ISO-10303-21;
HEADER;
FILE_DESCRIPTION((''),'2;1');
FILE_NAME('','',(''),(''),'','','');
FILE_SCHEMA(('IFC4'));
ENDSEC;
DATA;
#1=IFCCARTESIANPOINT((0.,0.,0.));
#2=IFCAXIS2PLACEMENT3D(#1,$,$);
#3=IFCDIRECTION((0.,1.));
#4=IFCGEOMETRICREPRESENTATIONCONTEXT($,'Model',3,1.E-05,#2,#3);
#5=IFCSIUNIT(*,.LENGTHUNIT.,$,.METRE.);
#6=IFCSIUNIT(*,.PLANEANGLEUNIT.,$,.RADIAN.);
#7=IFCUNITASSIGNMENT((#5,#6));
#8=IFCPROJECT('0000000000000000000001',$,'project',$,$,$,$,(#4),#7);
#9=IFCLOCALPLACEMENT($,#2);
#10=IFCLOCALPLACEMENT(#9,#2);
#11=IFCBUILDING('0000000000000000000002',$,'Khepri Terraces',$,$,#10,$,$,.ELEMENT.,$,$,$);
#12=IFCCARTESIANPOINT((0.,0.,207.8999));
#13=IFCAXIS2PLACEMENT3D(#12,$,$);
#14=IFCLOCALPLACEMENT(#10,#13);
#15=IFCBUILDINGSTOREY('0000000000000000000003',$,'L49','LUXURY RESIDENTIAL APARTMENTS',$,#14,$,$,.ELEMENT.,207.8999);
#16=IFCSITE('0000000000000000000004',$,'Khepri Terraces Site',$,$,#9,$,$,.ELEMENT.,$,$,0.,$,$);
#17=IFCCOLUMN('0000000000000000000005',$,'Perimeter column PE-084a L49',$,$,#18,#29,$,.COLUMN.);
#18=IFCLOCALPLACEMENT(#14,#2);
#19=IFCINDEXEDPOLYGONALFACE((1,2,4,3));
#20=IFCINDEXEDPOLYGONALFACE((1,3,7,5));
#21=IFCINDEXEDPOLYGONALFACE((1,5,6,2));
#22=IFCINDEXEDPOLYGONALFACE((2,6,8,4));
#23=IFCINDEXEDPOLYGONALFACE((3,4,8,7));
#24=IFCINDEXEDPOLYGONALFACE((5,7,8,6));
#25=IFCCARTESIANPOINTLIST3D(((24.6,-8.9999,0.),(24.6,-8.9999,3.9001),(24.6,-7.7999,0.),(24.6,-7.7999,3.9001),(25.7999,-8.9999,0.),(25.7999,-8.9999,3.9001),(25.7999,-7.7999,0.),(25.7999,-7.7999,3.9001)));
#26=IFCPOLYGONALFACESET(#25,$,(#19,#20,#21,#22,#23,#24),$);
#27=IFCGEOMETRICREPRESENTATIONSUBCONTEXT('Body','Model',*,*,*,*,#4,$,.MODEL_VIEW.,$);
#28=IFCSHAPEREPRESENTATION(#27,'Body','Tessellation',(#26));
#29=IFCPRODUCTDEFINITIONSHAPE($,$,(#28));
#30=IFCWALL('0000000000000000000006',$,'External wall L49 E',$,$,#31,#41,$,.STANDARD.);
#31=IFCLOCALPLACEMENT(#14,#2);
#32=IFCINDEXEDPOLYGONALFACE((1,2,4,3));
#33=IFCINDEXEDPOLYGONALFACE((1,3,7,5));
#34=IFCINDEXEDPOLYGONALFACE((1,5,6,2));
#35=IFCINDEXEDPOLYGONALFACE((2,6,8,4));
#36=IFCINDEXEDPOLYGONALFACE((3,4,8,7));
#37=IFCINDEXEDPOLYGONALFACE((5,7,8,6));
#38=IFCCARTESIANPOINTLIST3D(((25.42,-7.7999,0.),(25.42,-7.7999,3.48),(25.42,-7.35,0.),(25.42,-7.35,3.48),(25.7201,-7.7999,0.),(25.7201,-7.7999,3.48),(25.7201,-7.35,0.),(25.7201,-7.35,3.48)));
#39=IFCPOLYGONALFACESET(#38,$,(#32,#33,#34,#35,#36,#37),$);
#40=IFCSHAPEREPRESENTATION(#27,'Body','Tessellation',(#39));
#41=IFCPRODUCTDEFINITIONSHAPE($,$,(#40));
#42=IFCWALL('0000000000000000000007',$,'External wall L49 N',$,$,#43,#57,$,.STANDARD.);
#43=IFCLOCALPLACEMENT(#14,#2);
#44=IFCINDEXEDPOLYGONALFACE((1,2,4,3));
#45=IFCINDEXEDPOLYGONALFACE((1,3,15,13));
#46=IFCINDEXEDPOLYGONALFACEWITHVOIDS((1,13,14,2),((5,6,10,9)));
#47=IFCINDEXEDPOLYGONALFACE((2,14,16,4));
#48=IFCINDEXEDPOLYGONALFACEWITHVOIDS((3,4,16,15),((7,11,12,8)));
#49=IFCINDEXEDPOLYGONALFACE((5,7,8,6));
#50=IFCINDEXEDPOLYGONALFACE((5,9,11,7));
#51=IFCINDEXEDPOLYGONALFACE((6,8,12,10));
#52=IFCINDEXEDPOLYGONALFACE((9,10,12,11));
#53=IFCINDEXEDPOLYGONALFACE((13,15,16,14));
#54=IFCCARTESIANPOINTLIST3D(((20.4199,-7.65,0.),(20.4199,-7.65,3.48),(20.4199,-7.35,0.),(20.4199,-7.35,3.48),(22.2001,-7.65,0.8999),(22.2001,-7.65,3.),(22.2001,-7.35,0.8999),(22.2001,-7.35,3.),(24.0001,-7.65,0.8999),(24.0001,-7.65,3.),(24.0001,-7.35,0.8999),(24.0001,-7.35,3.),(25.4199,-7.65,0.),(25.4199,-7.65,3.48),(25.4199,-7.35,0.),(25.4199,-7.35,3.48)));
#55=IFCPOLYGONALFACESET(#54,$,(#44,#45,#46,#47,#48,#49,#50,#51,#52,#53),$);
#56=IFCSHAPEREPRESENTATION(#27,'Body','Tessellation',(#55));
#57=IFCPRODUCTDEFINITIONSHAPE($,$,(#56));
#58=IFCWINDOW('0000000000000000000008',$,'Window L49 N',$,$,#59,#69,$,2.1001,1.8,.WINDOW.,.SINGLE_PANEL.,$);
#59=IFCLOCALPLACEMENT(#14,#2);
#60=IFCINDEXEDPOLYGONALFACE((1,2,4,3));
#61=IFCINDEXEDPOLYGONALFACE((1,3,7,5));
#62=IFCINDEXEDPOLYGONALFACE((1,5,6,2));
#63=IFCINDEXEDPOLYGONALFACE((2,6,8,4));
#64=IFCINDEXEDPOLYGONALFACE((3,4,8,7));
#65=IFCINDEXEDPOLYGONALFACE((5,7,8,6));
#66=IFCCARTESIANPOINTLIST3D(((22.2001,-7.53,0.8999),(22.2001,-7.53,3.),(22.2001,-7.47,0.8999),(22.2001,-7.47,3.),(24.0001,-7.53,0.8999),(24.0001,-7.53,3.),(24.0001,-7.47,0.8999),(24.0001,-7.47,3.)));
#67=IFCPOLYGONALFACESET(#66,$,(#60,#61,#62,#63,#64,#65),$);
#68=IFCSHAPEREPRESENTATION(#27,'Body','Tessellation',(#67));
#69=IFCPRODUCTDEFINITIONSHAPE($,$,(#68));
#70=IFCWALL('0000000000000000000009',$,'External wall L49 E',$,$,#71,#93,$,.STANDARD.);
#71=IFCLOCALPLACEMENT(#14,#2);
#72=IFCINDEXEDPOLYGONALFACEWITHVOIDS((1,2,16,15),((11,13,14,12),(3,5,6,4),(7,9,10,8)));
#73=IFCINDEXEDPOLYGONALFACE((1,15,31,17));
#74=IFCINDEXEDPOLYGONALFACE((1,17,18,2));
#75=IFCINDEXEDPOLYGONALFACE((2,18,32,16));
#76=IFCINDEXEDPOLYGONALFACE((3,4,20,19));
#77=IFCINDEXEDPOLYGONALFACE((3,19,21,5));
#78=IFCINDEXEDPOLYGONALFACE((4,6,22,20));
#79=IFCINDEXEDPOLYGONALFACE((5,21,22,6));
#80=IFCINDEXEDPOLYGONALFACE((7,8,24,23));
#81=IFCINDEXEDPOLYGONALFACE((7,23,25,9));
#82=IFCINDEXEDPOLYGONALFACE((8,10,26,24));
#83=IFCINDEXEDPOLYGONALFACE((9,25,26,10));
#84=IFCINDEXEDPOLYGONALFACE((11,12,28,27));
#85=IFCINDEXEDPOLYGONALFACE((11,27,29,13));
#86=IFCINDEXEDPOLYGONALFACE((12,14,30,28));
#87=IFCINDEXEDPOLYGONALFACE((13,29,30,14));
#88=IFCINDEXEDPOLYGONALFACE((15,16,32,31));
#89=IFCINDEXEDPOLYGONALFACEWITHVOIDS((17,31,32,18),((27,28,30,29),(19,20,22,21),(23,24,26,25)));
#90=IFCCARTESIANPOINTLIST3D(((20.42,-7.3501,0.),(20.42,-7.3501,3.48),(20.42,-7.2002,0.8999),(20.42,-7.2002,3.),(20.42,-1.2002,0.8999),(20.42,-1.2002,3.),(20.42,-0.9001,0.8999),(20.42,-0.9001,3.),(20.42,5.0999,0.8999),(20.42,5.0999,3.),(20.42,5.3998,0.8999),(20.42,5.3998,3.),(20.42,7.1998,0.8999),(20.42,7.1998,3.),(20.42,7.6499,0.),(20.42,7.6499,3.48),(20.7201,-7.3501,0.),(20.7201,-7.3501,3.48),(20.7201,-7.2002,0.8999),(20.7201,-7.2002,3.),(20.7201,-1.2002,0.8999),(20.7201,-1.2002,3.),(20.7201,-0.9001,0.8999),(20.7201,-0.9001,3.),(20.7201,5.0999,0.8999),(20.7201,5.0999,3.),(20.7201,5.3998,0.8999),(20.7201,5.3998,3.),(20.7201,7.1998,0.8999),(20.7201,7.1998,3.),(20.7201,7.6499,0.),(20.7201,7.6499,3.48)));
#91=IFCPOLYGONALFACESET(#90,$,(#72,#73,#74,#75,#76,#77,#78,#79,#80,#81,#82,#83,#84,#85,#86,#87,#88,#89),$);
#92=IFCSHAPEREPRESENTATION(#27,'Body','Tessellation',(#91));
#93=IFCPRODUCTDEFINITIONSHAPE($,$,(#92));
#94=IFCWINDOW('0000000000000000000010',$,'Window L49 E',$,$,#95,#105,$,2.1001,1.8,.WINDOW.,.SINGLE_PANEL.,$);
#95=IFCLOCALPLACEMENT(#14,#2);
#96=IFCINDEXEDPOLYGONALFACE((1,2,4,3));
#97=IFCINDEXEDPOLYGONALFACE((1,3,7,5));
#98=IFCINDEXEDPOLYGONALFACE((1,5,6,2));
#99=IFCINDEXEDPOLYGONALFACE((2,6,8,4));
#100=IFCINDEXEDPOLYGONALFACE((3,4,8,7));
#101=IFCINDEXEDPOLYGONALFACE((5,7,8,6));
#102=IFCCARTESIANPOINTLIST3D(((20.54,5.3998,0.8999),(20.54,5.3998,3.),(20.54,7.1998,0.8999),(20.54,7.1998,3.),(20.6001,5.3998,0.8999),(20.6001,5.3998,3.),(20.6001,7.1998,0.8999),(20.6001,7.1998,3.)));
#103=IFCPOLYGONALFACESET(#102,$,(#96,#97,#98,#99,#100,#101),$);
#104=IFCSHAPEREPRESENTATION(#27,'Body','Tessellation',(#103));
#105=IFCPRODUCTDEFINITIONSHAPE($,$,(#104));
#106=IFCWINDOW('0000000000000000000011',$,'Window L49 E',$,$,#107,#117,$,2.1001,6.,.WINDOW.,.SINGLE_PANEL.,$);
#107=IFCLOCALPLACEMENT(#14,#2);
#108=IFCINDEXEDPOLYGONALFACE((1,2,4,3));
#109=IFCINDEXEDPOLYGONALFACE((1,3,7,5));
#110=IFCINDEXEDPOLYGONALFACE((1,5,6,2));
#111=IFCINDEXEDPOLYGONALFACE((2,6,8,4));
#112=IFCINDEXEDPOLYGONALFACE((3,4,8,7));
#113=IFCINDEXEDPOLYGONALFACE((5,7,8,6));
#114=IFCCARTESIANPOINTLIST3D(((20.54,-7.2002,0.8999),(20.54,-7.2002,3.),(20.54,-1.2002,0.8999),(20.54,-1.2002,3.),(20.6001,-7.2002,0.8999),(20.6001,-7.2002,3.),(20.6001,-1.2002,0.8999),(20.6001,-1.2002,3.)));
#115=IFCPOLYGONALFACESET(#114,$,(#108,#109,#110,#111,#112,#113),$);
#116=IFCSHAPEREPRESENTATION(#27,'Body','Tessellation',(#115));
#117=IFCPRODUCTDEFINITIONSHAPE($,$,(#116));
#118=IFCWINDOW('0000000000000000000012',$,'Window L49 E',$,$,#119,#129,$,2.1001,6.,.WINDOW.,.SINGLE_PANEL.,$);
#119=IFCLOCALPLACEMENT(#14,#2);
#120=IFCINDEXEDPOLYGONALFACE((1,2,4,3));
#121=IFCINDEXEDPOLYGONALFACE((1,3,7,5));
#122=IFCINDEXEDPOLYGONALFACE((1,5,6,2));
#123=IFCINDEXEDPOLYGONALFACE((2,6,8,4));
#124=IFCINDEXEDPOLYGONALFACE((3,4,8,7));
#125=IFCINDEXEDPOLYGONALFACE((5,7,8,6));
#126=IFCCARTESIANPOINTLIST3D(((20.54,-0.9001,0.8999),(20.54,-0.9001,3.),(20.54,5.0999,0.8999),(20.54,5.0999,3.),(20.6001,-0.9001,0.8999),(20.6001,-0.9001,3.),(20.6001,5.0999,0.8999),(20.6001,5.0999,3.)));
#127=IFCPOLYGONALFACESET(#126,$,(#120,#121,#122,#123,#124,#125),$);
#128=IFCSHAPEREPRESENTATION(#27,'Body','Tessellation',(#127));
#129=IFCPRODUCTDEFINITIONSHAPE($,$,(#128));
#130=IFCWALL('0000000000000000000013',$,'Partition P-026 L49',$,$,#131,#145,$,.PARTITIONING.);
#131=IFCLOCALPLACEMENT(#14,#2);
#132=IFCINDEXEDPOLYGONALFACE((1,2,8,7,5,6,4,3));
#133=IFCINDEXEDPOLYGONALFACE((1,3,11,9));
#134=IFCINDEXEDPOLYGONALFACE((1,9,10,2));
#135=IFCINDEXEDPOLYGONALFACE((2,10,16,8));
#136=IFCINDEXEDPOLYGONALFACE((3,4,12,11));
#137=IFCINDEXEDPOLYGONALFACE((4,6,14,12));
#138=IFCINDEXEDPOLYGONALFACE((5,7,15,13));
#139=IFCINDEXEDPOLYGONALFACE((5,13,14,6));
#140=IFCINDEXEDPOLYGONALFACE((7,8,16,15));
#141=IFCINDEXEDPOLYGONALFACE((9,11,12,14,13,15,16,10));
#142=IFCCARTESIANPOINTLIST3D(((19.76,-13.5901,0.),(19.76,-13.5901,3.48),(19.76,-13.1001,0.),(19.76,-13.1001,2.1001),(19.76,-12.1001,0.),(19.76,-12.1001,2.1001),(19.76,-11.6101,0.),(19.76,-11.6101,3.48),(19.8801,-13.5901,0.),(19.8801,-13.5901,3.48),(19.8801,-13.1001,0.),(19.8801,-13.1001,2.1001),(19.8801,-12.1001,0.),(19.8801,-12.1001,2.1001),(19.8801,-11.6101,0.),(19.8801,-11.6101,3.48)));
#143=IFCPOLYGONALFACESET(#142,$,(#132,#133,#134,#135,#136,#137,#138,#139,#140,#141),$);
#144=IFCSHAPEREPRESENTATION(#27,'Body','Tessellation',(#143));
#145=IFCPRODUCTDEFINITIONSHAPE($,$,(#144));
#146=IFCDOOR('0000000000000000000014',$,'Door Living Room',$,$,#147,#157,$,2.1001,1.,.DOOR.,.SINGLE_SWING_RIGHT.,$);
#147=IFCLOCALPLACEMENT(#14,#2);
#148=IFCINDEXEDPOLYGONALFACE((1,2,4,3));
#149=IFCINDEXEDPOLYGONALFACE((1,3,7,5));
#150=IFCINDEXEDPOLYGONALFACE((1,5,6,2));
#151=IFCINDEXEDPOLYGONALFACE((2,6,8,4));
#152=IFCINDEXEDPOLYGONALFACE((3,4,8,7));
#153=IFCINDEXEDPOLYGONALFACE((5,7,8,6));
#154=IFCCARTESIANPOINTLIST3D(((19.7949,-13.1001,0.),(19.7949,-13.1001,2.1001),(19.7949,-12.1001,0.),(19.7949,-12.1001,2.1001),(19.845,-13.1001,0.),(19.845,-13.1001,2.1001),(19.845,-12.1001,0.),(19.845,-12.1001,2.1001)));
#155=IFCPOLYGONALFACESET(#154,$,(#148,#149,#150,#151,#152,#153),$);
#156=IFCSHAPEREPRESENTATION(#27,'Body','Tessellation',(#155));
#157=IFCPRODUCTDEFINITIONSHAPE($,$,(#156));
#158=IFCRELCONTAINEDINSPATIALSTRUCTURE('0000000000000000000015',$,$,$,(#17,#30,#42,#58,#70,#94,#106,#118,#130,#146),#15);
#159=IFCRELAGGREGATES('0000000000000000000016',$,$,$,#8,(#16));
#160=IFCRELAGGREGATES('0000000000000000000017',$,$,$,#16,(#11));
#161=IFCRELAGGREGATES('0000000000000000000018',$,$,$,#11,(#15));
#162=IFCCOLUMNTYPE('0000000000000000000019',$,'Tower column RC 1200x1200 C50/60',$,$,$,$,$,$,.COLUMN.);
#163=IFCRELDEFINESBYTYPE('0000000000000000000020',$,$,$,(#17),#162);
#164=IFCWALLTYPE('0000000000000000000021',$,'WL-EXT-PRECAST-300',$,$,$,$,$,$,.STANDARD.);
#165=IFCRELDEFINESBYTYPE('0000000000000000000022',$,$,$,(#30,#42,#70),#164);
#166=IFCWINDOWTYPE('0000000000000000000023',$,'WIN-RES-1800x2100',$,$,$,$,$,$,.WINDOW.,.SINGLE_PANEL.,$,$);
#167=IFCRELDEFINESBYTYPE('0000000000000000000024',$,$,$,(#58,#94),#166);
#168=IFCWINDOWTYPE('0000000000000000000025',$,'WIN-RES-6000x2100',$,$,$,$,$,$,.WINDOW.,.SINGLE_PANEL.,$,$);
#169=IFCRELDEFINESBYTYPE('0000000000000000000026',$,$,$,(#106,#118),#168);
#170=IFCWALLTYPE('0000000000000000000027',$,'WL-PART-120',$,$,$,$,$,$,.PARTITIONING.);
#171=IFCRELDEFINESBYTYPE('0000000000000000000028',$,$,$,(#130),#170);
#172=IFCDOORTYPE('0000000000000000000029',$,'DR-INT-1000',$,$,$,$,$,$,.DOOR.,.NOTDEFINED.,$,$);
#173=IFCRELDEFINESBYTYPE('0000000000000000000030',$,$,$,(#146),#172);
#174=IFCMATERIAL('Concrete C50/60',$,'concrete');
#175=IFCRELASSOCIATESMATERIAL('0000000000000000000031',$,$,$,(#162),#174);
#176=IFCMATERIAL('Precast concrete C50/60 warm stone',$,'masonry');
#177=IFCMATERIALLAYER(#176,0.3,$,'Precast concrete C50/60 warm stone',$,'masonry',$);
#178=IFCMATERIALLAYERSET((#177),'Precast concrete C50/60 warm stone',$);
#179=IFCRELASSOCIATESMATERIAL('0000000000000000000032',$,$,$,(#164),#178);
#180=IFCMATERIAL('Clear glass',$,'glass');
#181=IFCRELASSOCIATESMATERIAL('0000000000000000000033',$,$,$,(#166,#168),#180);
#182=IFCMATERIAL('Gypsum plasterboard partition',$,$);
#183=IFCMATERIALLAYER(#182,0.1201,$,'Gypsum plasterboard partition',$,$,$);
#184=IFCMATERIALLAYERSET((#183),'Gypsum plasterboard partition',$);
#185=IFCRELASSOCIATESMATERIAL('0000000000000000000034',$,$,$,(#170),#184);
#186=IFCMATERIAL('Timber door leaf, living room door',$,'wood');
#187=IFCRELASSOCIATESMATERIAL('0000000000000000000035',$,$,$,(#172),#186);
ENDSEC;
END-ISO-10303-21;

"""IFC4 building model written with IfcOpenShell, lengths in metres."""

from ifc_helpers import new_model, si_unit, direction, frame, frame_2d, origin, origin_2d, place, context, subcontext, project, spatial, rectangle, extrude, material, layer, layer_set, material_profile, profile_set, type_object, element, fill, save


model = new_model("IFC4")

# Units and contexts
model_context = context("Model", 3, precision=1e-05, world=origin(), true_north=direction((0.0, 1.0)))
body_context = subcontext(model_context, "Body", "Model", "MODEL_VIEW")
ifc_project = project(units=[si_unit("LENGTHUNIT", "METRE"), si_unit("PLANEANGLEUNIT", "RADIAN")], contexts=[model_context])

# Site, building, storey
site_placement = place(None, origin())
site = spatial("IfcSite", under=ifc_project, at=site_placement, Name="Khepri Terraces Site", CompositionType="ELEMENT", RefElevation=0.0)
building_placement = place(site_placement, origin())
building = spatial("IfcBuilding", under=site, at=building_placement, Name="Khepri Terraces", CompositionType="ELEMENT")
storey_placement = place(building_placement, frame((0.0, 0.0, 207.8999)))
storey = spatial("IfcBuildingStorey", under=building, at=storey_placement, Name="L49", Description="LUXURY RESIDENTIAL APARTMENTS", CompositionType="ELEMENT", Elevation=207.8999)

# Column
ifc_material_1 = material(Name="Concrete C50/60", Category="concrete")
ifc_material_profile = material_profile(ifc_material_1, rectangle(XDim=1.2, YDim=1.2, at=origin_2d()), Name="Concrete C50/60", Category="concrete")
ifc_profile_set = profile_set([ifc_material_profile], Name="Concrete C50/60")
column_type = type_object("IfcColumnType", Name="Tower column RC 1200x1200 C50/60", PredefinedType="COLUMN", material=ifc_profile_set)
column_placement = place(storey_placement, frame((25.2, -8.3999, 0.0), z_axis=(0.0, 0.0, 1.0), x_axis=(1.0, 0.0, 0.0)))
element("IfcColumn", 1, at=column_placement, inside=storey, type_object=column_type, Name="Perimeter column PE-084a L49", PredefinedType="COLUMN", context=body_context, shape_type="SweptSolid", body=[
    extrude(rectangle(XDim=1.2, YDim=1.2, at=origin_2d()), origin(), (0.0, 0.0, 1.0), 3.9001),
])

# Shared definitions
ifc_material_2 = material(Name="Precast concrete C50/60 warm stone", Category="masonry")
ifc_layer_1 = layer(ifc_material_2, 0.3, Name="Precast concrete C50/60 warm stone", Category="masonry")
ifc_layer_set_1 = layer_set([ifc_layer_1], Name="Precast concrete C50/60 warm stone")
wall_type_1 = type_object("IfcWallType", Name="WL-EXT-PRECAST-300", PredefinedType="STANDARD", material=ifc_layer_set_1)

# Wall
wall_1_placement = place(storey_placement, frame((25.5701, -7.8, 0.0), z_axis=(0.0, 0.0, 1.0), x_axis=(0.0, 1.0, 0.0)))
element("IfcWall", 2, at=wall_1_placement, inside=storey, type_object=wall_type_1, Name="External wall L49 E", PredefinedType="STANDARD", context=body_context, shape_type="SweptSolid", body=[
    extrude(rectangle(XDim=0.45, YDim=0.3, at=frame_2d((0.2251, 0.0))), origin(), (0.0, 0.0, 1.0), 3.48),
])

# Wall, opening, window
wall_2_placement = place(storey_placement, frame((25.4199, -7.5, 0.0), z_axis=(0.0, 0.0, 1.0), x_axis=(-1.0, 0.0, 0.0)))
wall_2 = element("IfcWall", 3, at=wall_2_placement, inside=storey, type_object=wall_type_1, Name="External wall L49 N", PredefinedType="STANDARD", context=body_context, shape_type="SweptSolid", body=[
    extrude(rectangle(XDim=5.0, YDim=0.3, at=frame_2d((2.5, 0.0))), origin(), (0.0, 0.0, 1.0), 3.48),
])
opening_1_placement = place(wall_2_placement, frame((1.4199, 0.0, 0.8999)))
opening_1 = element("IfcOpeningElement", 4, at=opening_1_placement, cuts=wall_2, PredefinedType="OPENING", context=body_context, shape_type="SweptSolid", body=[
    extrude(rectangle(XDim=1.8, YDim=2.1001, at=frame_2d((0.8999, 1.05))), frame((0.0, 0.1602, 0.0), z_axis=(0.0, -1.0, 0.0), x_axis=(1.0, 0.0, 0.0)), (0.0, 0.0, 1.0), 0.3201),
])
ifc_material_3 = material(Name="Clear glass", Category="glass")
window_type_1 = type_object("IfcWindowType", Name="WIN-RES-1800x2100", PartitioningType="SINGLE_PANEL", PredefinedType="WINDOW", material=ifc_material_3)
window_1_placement = place(opening_1_placement, origin())
window_1 = element("IfcWindow", 5, at=window_1_placement, inside=storey, type_object=window_type_1, Name="Window L49 N", OverallHeight=2.1001, OverallWidth=1.8, PartitioningType="SINGLE_PANEL", PredefinedType="WINDOW", context=body_context, shape_type="SweptSolid", body=[
    extrude(rectangle(XDim=1.8, YDim=2.1001, at=frame_2d((0.8999, 1.05))), frame((0.0, 0.03, 0.0), z_axis=(0.0, -1.0, 0.0), x_axis=(1.0, 0.0, 0.0)), (0.0, 0.0, 1.0), 0.0601),
])
fill(opening_1, window_1)

# Wall, openings, windows
wall_3_placement = place(storey_placement, frame((20.5701, -7.3501, 0.0), z_axis=(0.0, 0.0, 1.0), x_axis=(0.0, 1.0, 0.0)))
wall_3 = element("IfcWall", 6, at=wall_3_placement, inside=storey, type_object=wall_type_1, Name="External wall L49 E", PredefinedType="STANDARD", context=body_context, shape_type="SweptSolid", body=[
    extrude(rectangle(XDim=15.0, YDim=0.3, at=frame_2d((7.5, 0.0))), origin(), (0.0, 0.0, 1.0), 3.48),
])
opening_2_placement = place(wall_3_placement, frame((0.1499, 0.0, 0.8999)))
opening_2 = element("IfcOpeningElement", 7, at=opening_2_placement, cuts=wall_3, PredefinedType="OPENING", context=body_context, shape_type="SweptSolid", body=[
    extrude(rectangle(XDim=6.0, YDim=2.1001, at=frame_2d((3.0, 1.05))), frame((0.0, 0.1602, 0.0), z_axis=(0.0, -1.0, 0.0), x_axis=(1.0, 0.0, 0.0)), (0.0, 0.0, 1.0), 0.3201),
])
opening_3_placement = place(wall_3_placement, frame((6.45, 0.0, 0.8999)))
opening_3 = element("IfcOpeningElement", 8, at=opening_3_placement, cuts=wall_3, PredefinedType="OPENING", context=body_context, shape_type="SweptSolid", body=[
    extrude(rectangle(XDim=6.0, YDim=2.1001, at=frame_2d((3.0, 1.05))), frame((0.0, 0.1602, 0.0), z_axis=(0.0, -1.0, 0.0), x_axis=(1.0, 0.0, 0.0)), (0.0, 0.0, 1.0), 0.3201),
])
opening_4_placement = place(wall_3_placement, frame((12.75, 0.0, 0.8999)))
opening_4 = element("IfcOpeningElement", 9, at=opening_4_placement, cuts=wall_3, PredefinedType="OPENING", context=body_context, shape_type="SweptSolid", body=[
    extrude(rectangle(XDim=1.8, YDim=2.1001, at=frame_2d((0.8999, 1.05))), frame((0.0, 0.1602, 0.0), z_axis=(0.0, -1.0, 0.0), x_axis=(1.0, 0.0, 0.0)), (0.0, 0.0, 1.0), 0.3201),
])
window_2_placement = place(opening_4_placement, origin())
window_2 = element("IfcWindow", 10, at=window_2_placement, inside=storey, type_object=window_type_1, Name="Window L49 E", OverallHeight=2.1001, OverallWidth=1.8, PartitioningType="SINGLE_PANEL", PredefinedType="WINDOW", context=body_context, shape_type="SweptSolid", body=[
    extrude(rectangle(XDim=1.8, YDim=2.1001, at=frame_2d((0.8999, 1.05))), frame((0.0, 0.03, 0.0), z_axis=(0.0, -1.0, 0.0), x_axis=(1.0, 0.0, 0.0)), (0.0, 0.0, 1.0), 0.0601),
])
fill(opening_4, window_2)
window_type_2 = type_object("IfcWindowType", Name="WIN-RES-6000x2100", PartitioningType="SINGLE_PANEL", PredefinedType="WINDOW", material=ifc_material_3)
window_3_placement = place(opening_2_placement, origin())
window_3 = element("IfcWindow", 11, at=window_3_placement, inside=storey, type_object=window_type_2, Name="Window L49 E", OverallHeight=2.1001, OverallWidth=6.0, PartitioningType="SINGLE_PANEL", PredefinedType="WINDOW", context=body_context, shape_type="SweptSolid", body=[
    extrude(rectangle(XDim=6.0, YDim=2.1001, at=frame_2d((3.0, 1.05))), frame((0.0, 0.03, 0.0), z_axis=(0.0, -1.0, 0.0), x_axis=(1.0, 0.0, 0.0)), (0.0, 0.0, 1.0), 0.0601),
])
fill(opening_2, window_3)
window_4_placement = place(opening_3_placement, origin())
window_4 = element("IfcWindow", 12, at=window_4_placement, inside=storey, type_object=window_type_2, Name="Window L49 E", OverallHeight=2.1001, OverallWidth=6.0, PartitioningType="SINGLE_PANEL", PredefinedType="WINDOW", context=body_context, shape_type="SweptSolid", body=[
    extrude(rectangle(XDim=6.0, YDim=2.1001, at=frame_2d((3.0, 1.05))), frame((0.0, 0.03, 0.0), z_axis=(0.0, -1.0, 0.0), x_axis=(1.0, 0.0, 0.0)), (0.0, 0.0, 1.0), 0.0601),
])
fill(opening_3, window_4)

# Wall, opening, door
ifc_material_4 = material(Name="Gypsum plasterboard partition")
ifc_layer_2 = layer(ifc_material_4, 0.1201, Name="Gypsum plasterboard partition")
ifc_layer_set_2 = layer_set([ifc_layer_2], Name="Gypsum plasterboard partition")
wall_type_2 = type_object("IfcWallType", Name="WL-PART-120", PredefinedType="PARTITIONING", material=ifc_layer_set_2)
wall_4_placement = place(storey_placement, frame((19.8201, -13.5901, 0.0), z_axis=(0.0, 0.0, 1.0), x_axis=(0.0, 1.0, 0.0)))
wall_4 = element("IfcWall", 13, at=wall_4_placement, inside=storey, type_object=wall_type_2, Name="Partition P-026 L49", PredefinedType="PARTITIONING", context=body_context, shape_type="SweptSolid", body=[
    extrude(rectangle(XDim=1.98, YDim=0.1201, at=frame_2d((0.99, 0.0))), origin(), (0.0, 0.0, 1.0), 3.48),
])
opening_5_placement = place(wall_4_placement, frame((0.49, 0.0, 0.0)))
opening_5 = element("IfcOpeningElement", 14, at=opening_5_placement, cuts=wall_4, PredefinedType="OPENING", context=body_context, shape_type="SweptSolid", body=[
    extrude(rectangle(XDim=1.0, YDim=2.1001, at=frame_2d((0.5, 1.05))), frame((0.0, 0.0701, 0.0), z_axis=(0.0, -1.0, 0.0), x_axis=(1.0, 0.0, 0.0)), (0.0, 0.0, 1.0), 0.1401),
])
ifc_material_5 = material(Name="Timber door leaf, living room door", Category="wood")
door_type_1 = type_object("IfcDoorType", Name="DR-INT-1000", OperationType="NOTDEFINED", PredefinedType="DOOR", material=ifc_material_5)
door_1_placement = place(opening_5_placement, frame((1.0, 0.0, 0.0), z_axis=(0.0, 0.0, 1.0), x_axis=(-1.0, 0.0, 0.0)))
door_1 = element("IfcDoor", 15, at=door_1_placement, inside=storey, type_object=door_type_1, Name="Door Living Room", OperationType="SINGLE_SWING_RIGHT", OverallHeight=2.1001, OverallWidth=1.0, PredefinedType="DOOR", context=body_context, shape_type="SweptSolid", body=[
    extrude(rectangle(XDim=1.0, YDim=2.1001, at=frame_2d((0.5, 1.05))), frame((0.0, 0.0249, 0.0), z_axis=(0.0, -1.0, 0.0), x_axis=(1.0, 0.0, 0.0)), (0.0, 0.0, 1.0), 0.05),
])
fill(opening_5, door_1)

save(model, "model.ifc")
